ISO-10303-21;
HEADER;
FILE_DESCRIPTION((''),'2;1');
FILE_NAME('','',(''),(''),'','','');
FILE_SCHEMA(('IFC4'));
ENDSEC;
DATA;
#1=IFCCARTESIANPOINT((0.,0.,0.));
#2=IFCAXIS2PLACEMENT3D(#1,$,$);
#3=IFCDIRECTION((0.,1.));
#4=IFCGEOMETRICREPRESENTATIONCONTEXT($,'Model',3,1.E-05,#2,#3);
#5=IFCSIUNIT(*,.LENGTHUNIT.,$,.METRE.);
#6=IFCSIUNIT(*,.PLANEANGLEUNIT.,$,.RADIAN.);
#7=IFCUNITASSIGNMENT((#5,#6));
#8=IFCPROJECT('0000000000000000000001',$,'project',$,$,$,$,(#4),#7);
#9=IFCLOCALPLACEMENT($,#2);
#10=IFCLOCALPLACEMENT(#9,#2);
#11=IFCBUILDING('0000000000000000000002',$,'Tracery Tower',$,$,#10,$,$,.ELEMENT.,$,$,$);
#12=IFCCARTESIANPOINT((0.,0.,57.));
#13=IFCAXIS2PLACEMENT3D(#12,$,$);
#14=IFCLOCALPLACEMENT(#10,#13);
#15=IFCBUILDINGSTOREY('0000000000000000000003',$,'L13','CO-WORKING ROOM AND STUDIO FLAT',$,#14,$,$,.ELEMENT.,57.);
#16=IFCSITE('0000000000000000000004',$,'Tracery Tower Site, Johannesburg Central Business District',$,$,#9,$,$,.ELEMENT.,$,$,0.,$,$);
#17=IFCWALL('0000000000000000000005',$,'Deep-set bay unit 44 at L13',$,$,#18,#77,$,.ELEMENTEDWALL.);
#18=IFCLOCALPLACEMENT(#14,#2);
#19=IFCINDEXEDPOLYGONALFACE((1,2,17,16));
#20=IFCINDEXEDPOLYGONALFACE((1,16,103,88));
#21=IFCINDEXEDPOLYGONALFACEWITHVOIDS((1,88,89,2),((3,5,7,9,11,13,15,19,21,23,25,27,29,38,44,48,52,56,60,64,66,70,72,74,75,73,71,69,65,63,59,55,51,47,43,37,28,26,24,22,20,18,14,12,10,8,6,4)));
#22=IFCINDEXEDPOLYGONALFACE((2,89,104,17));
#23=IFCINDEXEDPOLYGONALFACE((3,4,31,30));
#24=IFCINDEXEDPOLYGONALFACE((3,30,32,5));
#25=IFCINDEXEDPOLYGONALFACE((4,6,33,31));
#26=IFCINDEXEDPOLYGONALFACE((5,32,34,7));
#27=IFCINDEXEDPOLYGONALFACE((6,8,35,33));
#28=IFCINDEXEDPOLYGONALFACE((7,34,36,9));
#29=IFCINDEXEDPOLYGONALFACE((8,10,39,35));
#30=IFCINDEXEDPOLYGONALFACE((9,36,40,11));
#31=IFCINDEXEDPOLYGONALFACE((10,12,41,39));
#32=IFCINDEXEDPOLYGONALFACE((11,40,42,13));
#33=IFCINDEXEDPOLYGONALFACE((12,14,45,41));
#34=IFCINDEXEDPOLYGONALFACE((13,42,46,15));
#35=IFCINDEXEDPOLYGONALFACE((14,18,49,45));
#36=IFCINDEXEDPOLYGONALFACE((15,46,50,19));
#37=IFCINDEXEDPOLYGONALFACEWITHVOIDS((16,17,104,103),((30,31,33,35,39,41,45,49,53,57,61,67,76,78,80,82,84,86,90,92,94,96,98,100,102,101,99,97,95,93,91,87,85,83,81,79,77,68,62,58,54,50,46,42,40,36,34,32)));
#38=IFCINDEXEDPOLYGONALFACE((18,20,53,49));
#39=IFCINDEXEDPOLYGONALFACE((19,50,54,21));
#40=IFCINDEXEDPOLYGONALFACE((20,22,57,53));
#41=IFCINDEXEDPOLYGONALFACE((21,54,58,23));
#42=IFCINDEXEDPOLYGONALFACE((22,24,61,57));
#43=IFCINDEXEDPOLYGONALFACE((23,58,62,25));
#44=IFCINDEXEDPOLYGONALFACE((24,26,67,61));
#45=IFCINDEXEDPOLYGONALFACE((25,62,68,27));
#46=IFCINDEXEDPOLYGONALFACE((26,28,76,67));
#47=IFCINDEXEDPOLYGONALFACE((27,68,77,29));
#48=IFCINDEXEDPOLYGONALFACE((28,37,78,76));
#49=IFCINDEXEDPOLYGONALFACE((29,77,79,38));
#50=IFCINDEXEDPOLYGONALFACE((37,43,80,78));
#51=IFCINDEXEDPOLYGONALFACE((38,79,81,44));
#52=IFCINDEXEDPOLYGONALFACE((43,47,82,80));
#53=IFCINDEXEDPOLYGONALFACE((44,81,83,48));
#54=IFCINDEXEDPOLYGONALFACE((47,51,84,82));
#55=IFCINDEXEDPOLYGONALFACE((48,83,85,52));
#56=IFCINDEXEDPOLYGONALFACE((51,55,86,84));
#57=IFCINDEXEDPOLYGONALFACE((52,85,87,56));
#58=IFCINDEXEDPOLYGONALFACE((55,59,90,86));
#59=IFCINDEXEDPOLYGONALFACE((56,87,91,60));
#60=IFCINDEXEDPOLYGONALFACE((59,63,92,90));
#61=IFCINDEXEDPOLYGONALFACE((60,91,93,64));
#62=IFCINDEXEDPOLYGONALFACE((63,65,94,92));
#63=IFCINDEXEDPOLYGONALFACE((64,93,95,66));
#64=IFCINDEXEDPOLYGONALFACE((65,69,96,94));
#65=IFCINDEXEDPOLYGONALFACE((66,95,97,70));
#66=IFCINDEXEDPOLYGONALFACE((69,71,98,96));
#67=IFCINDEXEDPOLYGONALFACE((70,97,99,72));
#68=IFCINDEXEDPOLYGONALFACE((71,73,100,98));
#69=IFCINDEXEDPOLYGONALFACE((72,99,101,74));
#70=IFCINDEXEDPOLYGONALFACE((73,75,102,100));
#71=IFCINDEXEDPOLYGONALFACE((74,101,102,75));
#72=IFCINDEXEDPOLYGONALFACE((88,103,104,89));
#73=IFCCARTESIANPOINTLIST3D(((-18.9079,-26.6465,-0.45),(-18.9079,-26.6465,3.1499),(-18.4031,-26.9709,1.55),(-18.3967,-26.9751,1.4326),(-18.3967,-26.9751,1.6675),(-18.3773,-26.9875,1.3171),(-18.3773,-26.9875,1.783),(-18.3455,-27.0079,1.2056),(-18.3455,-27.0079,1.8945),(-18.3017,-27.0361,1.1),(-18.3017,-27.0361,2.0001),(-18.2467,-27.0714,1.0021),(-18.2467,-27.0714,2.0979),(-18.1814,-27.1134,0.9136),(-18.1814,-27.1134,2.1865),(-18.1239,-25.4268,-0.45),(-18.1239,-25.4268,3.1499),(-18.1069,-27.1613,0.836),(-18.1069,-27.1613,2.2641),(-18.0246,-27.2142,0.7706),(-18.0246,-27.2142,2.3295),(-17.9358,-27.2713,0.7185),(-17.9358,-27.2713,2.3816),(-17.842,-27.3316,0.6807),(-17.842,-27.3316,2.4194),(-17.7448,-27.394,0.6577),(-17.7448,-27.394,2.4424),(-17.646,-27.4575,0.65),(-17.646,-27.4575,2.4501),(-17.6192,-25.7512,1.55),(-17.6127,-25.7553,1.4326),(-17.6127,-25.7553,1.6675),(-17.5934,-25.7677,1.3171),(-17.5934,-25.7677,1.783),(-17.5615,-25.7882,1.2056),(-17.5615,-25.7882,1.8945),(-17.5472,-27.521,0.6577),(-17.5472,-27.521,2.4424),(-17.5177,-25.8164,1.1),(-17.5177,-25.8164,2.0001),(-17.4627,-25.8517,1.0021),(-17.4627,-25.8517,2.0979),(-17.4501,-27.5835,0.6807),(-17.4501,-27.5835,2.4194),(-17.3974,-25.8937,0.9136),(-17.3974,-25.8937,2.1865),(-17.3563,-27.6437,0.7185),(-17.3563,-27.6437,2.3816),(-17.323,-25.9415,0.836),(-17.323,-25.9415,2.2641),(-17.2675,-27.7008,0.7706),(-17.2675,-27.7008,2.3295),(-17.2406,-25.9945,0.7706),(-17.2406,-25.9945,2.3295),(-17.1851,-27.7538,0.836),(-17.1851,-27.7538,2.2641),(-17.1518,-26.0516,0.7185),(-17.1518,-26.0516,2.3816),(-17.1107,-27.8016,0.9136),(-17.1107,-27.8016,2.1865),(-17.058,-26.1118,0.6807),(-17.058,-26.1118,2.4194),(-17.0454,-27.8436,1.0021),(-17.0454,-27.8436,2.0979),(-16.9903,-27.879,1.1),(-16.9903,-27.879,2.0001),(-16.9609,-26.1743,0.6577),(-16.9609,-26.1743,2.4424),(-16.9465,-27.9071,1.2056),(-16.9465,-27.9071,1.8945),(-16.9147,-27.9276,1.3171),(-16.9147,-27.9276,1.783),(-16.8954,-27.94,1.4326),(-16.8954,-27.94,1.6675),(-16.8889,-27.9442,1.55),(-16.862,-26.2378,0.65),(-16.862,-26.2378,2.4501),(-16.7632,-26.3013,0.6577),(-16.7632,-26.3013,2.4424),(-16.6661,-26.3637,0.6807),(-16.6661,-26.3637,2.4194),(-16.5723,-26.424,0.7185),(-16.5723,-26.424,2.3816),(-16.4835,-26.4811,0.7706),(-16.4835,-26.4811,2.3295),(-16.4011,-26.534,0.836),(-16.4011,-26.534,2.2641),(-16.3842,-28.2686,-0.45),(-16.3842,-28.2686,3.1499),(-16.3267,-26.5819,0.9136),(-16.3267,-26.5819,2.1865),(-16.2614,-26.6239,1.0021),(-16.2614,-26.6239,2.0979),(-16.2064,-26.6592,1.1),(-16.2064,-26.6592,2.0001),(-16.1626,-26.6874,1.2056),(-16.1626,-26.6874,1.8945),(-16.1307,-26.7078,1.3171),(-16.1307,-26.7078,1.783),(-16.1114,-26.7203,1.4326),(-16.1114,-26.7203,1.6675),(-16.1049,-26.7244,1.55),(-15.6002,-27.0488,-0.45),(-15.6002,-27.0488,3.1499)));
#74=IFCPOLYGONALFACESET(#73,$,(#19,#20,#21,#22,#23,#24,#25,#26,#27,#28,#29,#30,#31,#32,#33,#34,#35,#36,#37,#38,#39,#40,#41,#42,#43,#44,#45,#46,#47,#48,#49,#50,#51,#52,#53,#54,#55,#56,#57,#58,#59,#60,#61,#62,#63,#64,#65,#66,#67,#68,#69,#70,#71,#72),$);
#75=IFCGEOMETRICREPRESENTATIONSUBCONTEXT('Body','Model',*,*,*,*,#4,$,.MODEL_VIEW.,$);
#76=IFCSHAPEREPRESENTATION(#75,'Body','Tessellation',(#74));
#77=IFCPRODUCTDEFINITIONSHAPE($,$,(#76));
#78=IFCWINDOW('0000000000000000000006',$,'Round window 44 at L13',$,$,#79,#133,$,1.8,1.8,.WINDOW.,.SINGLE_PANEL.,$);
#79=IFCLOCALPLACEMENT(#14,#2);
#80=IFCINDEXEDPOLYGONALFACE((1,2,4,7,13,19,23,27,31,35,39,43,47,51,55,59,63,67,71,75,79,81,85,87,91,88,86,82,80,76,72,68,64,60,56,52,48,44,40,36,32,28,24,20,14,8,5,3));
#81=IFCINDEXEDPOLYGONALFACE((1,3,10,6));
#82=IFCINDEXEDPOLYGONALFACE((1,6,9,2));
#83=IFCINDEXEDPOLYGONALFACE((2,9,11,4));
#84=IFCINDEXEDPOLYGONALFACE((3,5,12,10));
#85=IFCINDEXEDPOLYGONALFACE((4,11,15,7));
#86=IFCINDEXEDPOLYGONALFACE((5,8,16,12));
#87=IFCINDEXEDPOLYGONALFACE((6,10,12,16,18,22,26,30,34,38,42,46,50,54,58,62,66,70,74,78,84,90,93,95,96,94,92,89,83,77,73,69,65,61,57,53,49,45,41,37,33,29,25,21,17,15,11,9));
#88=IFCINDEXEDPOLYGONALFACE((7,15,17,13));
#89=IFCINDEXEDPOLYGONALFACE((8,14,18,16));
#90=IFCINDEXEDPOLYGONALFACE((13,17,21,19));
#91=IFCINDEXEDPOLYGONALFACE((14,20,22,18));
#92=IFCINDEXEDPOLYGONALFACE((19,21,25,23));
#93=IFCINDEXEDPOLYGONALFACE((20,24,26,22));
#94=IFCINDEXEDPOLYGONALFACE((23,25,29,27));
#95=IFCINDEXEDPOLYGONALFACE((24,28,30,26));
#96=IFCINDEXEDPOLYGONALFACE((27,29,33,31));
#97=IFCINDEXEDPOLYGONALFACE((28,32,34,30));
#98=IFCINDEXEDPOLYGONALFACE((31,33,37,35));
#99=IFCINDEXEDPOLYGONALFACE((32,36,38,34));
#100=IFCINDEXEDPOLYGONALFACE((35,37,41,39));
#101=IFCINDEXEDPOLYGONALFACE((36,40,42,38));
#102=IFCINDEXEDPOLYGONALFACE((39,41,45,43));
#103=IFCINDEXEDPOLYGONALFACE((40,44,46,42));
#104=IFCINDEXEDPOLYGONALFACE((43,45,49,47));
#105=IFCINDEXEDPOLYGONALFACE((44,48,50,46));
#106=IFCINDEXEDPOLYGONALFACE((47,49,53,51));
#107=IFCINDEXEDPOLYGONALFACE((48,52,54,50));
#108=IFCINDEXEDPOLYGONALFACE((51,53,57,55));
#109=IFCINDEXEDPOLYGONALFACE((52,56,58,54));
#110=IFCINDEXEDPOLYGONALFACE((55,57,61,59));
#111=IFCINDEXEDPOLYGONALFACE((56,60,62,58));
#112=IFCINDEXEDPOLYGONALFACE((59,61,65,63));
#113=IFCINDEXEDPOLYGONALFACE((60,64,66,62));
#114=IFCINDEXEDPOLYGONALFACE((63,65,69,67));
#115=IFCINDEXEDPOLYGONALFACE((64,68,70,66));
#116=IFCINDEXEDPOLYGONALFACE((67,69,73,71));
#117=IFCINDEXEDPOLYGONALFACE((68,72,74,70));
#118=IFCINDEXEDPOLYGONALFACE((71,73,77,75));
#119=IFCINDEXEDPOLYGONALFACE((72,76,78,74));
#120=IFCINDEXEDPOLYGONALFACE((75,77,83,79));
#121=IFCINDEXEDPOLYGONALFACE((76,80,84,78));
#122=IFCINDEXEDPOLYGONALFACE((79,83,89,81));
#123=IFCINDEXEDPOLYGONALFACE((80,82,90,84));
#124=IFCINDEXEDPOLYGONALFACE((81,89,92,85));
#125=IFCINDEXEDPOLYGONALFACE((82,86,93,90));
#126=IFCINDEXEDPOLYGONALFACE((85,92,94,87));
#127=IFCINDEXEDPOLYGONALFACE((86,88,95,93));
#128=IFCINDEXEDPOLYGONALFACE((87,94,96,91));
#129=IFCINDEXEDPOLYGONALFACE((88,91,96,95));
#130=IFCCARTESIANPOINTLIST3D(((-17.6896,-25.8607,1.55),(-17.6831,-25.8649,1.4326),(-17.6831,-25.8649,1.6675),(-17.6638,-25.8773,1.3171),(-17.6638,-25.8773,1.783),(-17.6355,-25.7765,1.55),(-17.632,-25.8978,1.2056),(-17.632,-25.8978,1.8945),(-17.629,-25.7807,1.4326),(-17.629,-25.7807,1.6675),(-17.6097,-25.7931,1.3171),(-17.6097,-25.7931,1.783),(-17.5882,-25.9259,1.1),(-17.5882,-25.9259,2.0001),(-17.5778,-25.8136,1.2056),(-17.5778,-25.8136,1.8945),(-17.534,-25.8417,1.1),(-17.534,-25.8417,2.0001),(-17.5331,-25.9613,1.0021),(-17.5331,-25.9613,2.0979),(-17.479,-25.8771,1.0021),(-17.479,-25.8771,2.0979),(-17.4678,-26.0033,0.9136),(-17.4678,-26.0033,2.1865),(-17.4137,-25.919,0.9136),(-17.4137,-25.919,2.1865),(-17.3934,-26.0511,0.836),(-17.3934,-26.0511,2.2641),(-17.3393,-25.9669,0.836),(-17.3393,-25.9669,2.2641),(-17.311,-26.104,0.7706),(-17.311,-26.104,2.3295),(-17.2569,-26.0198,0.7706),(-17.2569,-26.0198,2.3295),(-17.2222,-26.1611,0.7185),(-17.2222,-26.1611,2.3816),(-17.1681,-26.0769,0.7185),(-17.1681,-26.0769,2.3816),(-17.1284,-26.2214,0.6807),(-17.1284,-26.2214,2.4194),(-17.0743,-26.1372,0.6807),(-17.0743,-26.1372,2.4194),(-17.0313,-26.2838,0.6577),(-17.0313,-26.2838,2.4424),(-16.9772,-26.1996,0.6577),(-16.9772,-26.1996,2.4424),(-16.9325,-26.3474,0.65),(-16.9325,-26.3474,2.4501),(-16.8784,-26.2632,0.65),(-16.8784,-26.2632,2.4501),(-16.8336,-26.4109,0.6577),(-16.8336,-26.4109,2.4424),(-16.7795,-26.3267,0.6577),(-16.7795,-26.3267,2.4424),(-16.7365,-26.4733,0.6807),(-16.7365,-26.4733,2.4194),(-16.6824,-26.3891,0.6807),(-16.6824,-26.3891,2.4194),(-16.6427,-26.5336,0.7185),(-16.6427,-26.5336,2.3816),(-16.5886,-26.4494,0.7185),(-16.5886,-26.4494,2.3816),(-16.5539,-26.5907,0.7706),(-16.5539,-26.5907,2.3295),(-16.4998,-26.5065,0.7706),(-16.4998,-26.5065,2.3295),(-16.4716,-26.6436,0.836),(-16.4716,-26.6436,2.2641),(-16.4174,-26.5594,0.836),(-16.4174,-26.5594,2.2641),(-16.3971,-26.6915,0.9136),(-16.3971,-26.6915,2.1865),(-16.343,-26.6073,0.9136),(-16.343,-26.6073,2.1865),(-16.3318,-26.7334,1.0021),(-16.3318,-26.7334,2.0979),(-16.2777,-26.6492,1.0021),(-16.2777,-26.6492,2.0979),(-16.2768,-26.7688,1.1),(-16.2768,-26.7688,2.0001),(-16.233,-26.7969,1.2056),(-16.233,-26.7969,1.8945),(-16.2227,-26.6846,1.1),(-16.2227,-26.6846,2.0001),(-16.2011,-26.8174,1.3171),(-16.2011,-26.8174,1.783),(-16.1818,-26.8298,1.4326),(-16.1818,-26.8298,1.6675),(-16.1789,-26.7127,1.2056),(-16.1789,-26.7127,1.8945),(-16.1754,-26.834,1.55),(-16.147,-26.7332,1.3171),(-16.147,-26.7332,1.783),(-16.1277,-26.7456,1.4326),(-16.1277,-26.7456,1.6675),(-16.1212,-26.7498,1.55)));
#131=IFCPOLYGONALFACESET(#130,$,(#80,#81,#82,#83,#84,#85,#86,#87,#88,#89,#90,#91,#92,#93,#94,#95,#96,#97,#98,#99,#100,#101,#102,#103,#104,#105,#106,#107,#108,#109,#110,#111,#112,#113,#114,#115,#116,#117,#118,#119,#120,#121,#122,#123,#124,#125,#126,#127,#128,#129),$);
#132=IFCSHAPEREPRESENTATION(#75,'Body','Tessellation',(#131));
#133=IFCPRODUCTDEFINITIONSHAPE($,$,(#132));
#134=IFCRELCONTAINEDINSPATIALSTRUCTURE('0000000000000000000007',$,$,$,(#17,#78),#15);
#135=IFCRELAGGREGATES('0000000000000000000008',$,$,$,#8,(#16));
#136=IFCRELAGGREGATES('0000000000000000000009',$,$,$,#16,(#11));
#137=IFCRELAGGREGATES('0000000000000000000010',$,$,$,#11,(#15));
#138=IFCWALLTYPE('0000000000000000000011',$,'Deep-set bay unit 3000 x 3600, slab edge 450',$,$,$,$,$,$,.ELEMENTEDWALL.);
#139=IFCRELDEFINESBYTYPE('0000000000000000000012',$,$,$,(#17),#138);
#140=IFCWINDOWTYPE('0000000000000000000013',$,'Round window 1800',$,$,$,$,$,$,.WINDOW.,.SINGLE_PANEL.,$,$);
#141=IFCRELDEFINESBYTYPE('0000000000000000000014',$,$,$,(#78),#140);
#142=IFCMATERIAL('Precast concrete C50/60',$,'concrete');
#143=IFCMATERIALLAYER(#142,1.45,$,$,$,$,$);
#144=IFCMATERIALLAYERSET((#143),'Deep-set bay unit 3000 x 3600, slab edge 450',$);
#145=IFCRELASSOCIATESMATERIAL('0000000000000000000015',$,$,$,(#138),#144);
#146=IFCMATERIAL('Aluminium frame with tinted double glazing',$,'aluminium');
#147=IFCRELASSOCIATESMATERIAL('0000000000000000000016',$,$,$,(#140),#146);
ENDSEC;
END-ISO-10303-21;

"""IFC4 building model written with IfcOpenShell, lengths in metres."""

from ifc_helpers import new_model, si_unit, direction, frame, frame_2d, origin, origin_2d, place, context, subcontext, project, spatial, rectangle, circle, extrude, material, layer, layer_set, type_object, element, fill, save


model = new_model("IFC4")

# Units and contexts
model_context = context("Model", 3, precision=1e-05, world=origin(), true_north=direction((0.0, 1.0)))
body_context = subcontext(model_context, "Body", "Model", "MODEL_VIEW")
ifc_project = project(units=[si_unit("LENGTHUNIT", "METRE"), si_unit("PLANEANGLEUNIT", "RADIAN")], contexts=[model_context])

# Site, building, storey
site_placement = place(None, origin())
site = spatial("IfcSite", under=ifc_project, at=site_placement, Name="Tracery Tower Site, Johannesburg Central Business District", CompositionType="ELEMENT", RefElevation=0.0)
building_placement = place(site_placement, origin())
building = spatial("IfcBuilding", under=site, at=building_placement, Name="Tracery Tower", CompositionType="ELEMENT")
storey_placement = place(building_placement, frame((0.0, 0.0, 57.0)))
storey = spatial("IfcBuildingStorey", under=building, at=storey_placement, Name="L13", Description="CO-WORKING ROOM AND STUDIO FLAT", CompositionType="ELEMENT", Elevation=57.0)

# Wall, opening, window
ifc_material_1 = material(Name="Precast concrete C50/60", Category="concrete")
ifc_layer_1 = layer(ifc_material_1, 1.45)
ifc_layer_set_1 = layer_set([ifc_layer_1], Name="Deep-set bay unit 3000 x 3600, slab edge 450")
wall_type_1 = type_object("IfcWallType", Name="Deep-set bay unit 3000 x 3600, slab edge 450", PredefinedType="ELEMENTEDWALL", material=ifc_layer_set_1)
ifc_material_2 = material(Name="Aluminium frame with tinted double glazing", Category="aluminium")
window_type = type_object("IfcWindowType", Name="Round window 1800", PartitioningType="SINGLE_PANEL", PredefinedType="WINDOW", material=ifc_material_2)
wall_1_placement = place(storey_placement, frame((-18.5159, -26.0366, -0.45), z_axis=(0.0, 0.0, 1.0), x_axis=(0.841223, -0.540688, 0.0)))
wall_1 = element("IfcWall", 1, at=wall_1_placement, inside=storey, type_object=wall_type_1, Name="Deep-set bay unit 44 at L13", PredefinedType="ELEMENTEDWALL", context=body_context, shape_type="SweptSolid", body=[
    extrude(rectangle(XDim=3.0, YDim=1.45, at=frame_2d((1.5, 0.0))), origin(), (0.0, 0.0, 1.0), 3.5999),
])
opening_1_placement = place(wall_1_placement, frame((1.5, 0.0, 2.0)))
opening_1 = element("IfcOpeningElement", 2, at=opening_1_placement, cuts=wall_1, PredefinedType="OPENING", context=body_context, shape_type="SweptSolid", body=[
    extrude(circle(Radius=0.9, at=origin_2d()), frame((0.0, 0.7349, 0.0), z_axis=(0.0, -1.0, 0.0), x_axis=(1.0, 0.0, 0.0)), (0.0, 0.0, 1.0), 1.47),
])
window_1_placement = place(opening_1_placement, origin())
window_1 = element("IfcWindow", 3, at=window_1_placement, inside=storey, type_object=window_type, Name="Round window 44 at L13", OverallHeight=1.8, OverallWidth=1.8, PartitioningType="SINGLE_PANEL", PredefinedType="WINDOW", context=body_context, shape_type="SweptSolid", body=[
    extrude(circle(Radius=0.9, at=origin_2d()), frame((0.0, 0.6948, 0.0), z_axis=(0.0, -1.0, 0.0), x_axis=(1.0, 0.0, 0.0)), (0.0, 0.0, 1.0), 0.1001),
])
fill(opening_1, window_1)

save(model, "model.ifc")
